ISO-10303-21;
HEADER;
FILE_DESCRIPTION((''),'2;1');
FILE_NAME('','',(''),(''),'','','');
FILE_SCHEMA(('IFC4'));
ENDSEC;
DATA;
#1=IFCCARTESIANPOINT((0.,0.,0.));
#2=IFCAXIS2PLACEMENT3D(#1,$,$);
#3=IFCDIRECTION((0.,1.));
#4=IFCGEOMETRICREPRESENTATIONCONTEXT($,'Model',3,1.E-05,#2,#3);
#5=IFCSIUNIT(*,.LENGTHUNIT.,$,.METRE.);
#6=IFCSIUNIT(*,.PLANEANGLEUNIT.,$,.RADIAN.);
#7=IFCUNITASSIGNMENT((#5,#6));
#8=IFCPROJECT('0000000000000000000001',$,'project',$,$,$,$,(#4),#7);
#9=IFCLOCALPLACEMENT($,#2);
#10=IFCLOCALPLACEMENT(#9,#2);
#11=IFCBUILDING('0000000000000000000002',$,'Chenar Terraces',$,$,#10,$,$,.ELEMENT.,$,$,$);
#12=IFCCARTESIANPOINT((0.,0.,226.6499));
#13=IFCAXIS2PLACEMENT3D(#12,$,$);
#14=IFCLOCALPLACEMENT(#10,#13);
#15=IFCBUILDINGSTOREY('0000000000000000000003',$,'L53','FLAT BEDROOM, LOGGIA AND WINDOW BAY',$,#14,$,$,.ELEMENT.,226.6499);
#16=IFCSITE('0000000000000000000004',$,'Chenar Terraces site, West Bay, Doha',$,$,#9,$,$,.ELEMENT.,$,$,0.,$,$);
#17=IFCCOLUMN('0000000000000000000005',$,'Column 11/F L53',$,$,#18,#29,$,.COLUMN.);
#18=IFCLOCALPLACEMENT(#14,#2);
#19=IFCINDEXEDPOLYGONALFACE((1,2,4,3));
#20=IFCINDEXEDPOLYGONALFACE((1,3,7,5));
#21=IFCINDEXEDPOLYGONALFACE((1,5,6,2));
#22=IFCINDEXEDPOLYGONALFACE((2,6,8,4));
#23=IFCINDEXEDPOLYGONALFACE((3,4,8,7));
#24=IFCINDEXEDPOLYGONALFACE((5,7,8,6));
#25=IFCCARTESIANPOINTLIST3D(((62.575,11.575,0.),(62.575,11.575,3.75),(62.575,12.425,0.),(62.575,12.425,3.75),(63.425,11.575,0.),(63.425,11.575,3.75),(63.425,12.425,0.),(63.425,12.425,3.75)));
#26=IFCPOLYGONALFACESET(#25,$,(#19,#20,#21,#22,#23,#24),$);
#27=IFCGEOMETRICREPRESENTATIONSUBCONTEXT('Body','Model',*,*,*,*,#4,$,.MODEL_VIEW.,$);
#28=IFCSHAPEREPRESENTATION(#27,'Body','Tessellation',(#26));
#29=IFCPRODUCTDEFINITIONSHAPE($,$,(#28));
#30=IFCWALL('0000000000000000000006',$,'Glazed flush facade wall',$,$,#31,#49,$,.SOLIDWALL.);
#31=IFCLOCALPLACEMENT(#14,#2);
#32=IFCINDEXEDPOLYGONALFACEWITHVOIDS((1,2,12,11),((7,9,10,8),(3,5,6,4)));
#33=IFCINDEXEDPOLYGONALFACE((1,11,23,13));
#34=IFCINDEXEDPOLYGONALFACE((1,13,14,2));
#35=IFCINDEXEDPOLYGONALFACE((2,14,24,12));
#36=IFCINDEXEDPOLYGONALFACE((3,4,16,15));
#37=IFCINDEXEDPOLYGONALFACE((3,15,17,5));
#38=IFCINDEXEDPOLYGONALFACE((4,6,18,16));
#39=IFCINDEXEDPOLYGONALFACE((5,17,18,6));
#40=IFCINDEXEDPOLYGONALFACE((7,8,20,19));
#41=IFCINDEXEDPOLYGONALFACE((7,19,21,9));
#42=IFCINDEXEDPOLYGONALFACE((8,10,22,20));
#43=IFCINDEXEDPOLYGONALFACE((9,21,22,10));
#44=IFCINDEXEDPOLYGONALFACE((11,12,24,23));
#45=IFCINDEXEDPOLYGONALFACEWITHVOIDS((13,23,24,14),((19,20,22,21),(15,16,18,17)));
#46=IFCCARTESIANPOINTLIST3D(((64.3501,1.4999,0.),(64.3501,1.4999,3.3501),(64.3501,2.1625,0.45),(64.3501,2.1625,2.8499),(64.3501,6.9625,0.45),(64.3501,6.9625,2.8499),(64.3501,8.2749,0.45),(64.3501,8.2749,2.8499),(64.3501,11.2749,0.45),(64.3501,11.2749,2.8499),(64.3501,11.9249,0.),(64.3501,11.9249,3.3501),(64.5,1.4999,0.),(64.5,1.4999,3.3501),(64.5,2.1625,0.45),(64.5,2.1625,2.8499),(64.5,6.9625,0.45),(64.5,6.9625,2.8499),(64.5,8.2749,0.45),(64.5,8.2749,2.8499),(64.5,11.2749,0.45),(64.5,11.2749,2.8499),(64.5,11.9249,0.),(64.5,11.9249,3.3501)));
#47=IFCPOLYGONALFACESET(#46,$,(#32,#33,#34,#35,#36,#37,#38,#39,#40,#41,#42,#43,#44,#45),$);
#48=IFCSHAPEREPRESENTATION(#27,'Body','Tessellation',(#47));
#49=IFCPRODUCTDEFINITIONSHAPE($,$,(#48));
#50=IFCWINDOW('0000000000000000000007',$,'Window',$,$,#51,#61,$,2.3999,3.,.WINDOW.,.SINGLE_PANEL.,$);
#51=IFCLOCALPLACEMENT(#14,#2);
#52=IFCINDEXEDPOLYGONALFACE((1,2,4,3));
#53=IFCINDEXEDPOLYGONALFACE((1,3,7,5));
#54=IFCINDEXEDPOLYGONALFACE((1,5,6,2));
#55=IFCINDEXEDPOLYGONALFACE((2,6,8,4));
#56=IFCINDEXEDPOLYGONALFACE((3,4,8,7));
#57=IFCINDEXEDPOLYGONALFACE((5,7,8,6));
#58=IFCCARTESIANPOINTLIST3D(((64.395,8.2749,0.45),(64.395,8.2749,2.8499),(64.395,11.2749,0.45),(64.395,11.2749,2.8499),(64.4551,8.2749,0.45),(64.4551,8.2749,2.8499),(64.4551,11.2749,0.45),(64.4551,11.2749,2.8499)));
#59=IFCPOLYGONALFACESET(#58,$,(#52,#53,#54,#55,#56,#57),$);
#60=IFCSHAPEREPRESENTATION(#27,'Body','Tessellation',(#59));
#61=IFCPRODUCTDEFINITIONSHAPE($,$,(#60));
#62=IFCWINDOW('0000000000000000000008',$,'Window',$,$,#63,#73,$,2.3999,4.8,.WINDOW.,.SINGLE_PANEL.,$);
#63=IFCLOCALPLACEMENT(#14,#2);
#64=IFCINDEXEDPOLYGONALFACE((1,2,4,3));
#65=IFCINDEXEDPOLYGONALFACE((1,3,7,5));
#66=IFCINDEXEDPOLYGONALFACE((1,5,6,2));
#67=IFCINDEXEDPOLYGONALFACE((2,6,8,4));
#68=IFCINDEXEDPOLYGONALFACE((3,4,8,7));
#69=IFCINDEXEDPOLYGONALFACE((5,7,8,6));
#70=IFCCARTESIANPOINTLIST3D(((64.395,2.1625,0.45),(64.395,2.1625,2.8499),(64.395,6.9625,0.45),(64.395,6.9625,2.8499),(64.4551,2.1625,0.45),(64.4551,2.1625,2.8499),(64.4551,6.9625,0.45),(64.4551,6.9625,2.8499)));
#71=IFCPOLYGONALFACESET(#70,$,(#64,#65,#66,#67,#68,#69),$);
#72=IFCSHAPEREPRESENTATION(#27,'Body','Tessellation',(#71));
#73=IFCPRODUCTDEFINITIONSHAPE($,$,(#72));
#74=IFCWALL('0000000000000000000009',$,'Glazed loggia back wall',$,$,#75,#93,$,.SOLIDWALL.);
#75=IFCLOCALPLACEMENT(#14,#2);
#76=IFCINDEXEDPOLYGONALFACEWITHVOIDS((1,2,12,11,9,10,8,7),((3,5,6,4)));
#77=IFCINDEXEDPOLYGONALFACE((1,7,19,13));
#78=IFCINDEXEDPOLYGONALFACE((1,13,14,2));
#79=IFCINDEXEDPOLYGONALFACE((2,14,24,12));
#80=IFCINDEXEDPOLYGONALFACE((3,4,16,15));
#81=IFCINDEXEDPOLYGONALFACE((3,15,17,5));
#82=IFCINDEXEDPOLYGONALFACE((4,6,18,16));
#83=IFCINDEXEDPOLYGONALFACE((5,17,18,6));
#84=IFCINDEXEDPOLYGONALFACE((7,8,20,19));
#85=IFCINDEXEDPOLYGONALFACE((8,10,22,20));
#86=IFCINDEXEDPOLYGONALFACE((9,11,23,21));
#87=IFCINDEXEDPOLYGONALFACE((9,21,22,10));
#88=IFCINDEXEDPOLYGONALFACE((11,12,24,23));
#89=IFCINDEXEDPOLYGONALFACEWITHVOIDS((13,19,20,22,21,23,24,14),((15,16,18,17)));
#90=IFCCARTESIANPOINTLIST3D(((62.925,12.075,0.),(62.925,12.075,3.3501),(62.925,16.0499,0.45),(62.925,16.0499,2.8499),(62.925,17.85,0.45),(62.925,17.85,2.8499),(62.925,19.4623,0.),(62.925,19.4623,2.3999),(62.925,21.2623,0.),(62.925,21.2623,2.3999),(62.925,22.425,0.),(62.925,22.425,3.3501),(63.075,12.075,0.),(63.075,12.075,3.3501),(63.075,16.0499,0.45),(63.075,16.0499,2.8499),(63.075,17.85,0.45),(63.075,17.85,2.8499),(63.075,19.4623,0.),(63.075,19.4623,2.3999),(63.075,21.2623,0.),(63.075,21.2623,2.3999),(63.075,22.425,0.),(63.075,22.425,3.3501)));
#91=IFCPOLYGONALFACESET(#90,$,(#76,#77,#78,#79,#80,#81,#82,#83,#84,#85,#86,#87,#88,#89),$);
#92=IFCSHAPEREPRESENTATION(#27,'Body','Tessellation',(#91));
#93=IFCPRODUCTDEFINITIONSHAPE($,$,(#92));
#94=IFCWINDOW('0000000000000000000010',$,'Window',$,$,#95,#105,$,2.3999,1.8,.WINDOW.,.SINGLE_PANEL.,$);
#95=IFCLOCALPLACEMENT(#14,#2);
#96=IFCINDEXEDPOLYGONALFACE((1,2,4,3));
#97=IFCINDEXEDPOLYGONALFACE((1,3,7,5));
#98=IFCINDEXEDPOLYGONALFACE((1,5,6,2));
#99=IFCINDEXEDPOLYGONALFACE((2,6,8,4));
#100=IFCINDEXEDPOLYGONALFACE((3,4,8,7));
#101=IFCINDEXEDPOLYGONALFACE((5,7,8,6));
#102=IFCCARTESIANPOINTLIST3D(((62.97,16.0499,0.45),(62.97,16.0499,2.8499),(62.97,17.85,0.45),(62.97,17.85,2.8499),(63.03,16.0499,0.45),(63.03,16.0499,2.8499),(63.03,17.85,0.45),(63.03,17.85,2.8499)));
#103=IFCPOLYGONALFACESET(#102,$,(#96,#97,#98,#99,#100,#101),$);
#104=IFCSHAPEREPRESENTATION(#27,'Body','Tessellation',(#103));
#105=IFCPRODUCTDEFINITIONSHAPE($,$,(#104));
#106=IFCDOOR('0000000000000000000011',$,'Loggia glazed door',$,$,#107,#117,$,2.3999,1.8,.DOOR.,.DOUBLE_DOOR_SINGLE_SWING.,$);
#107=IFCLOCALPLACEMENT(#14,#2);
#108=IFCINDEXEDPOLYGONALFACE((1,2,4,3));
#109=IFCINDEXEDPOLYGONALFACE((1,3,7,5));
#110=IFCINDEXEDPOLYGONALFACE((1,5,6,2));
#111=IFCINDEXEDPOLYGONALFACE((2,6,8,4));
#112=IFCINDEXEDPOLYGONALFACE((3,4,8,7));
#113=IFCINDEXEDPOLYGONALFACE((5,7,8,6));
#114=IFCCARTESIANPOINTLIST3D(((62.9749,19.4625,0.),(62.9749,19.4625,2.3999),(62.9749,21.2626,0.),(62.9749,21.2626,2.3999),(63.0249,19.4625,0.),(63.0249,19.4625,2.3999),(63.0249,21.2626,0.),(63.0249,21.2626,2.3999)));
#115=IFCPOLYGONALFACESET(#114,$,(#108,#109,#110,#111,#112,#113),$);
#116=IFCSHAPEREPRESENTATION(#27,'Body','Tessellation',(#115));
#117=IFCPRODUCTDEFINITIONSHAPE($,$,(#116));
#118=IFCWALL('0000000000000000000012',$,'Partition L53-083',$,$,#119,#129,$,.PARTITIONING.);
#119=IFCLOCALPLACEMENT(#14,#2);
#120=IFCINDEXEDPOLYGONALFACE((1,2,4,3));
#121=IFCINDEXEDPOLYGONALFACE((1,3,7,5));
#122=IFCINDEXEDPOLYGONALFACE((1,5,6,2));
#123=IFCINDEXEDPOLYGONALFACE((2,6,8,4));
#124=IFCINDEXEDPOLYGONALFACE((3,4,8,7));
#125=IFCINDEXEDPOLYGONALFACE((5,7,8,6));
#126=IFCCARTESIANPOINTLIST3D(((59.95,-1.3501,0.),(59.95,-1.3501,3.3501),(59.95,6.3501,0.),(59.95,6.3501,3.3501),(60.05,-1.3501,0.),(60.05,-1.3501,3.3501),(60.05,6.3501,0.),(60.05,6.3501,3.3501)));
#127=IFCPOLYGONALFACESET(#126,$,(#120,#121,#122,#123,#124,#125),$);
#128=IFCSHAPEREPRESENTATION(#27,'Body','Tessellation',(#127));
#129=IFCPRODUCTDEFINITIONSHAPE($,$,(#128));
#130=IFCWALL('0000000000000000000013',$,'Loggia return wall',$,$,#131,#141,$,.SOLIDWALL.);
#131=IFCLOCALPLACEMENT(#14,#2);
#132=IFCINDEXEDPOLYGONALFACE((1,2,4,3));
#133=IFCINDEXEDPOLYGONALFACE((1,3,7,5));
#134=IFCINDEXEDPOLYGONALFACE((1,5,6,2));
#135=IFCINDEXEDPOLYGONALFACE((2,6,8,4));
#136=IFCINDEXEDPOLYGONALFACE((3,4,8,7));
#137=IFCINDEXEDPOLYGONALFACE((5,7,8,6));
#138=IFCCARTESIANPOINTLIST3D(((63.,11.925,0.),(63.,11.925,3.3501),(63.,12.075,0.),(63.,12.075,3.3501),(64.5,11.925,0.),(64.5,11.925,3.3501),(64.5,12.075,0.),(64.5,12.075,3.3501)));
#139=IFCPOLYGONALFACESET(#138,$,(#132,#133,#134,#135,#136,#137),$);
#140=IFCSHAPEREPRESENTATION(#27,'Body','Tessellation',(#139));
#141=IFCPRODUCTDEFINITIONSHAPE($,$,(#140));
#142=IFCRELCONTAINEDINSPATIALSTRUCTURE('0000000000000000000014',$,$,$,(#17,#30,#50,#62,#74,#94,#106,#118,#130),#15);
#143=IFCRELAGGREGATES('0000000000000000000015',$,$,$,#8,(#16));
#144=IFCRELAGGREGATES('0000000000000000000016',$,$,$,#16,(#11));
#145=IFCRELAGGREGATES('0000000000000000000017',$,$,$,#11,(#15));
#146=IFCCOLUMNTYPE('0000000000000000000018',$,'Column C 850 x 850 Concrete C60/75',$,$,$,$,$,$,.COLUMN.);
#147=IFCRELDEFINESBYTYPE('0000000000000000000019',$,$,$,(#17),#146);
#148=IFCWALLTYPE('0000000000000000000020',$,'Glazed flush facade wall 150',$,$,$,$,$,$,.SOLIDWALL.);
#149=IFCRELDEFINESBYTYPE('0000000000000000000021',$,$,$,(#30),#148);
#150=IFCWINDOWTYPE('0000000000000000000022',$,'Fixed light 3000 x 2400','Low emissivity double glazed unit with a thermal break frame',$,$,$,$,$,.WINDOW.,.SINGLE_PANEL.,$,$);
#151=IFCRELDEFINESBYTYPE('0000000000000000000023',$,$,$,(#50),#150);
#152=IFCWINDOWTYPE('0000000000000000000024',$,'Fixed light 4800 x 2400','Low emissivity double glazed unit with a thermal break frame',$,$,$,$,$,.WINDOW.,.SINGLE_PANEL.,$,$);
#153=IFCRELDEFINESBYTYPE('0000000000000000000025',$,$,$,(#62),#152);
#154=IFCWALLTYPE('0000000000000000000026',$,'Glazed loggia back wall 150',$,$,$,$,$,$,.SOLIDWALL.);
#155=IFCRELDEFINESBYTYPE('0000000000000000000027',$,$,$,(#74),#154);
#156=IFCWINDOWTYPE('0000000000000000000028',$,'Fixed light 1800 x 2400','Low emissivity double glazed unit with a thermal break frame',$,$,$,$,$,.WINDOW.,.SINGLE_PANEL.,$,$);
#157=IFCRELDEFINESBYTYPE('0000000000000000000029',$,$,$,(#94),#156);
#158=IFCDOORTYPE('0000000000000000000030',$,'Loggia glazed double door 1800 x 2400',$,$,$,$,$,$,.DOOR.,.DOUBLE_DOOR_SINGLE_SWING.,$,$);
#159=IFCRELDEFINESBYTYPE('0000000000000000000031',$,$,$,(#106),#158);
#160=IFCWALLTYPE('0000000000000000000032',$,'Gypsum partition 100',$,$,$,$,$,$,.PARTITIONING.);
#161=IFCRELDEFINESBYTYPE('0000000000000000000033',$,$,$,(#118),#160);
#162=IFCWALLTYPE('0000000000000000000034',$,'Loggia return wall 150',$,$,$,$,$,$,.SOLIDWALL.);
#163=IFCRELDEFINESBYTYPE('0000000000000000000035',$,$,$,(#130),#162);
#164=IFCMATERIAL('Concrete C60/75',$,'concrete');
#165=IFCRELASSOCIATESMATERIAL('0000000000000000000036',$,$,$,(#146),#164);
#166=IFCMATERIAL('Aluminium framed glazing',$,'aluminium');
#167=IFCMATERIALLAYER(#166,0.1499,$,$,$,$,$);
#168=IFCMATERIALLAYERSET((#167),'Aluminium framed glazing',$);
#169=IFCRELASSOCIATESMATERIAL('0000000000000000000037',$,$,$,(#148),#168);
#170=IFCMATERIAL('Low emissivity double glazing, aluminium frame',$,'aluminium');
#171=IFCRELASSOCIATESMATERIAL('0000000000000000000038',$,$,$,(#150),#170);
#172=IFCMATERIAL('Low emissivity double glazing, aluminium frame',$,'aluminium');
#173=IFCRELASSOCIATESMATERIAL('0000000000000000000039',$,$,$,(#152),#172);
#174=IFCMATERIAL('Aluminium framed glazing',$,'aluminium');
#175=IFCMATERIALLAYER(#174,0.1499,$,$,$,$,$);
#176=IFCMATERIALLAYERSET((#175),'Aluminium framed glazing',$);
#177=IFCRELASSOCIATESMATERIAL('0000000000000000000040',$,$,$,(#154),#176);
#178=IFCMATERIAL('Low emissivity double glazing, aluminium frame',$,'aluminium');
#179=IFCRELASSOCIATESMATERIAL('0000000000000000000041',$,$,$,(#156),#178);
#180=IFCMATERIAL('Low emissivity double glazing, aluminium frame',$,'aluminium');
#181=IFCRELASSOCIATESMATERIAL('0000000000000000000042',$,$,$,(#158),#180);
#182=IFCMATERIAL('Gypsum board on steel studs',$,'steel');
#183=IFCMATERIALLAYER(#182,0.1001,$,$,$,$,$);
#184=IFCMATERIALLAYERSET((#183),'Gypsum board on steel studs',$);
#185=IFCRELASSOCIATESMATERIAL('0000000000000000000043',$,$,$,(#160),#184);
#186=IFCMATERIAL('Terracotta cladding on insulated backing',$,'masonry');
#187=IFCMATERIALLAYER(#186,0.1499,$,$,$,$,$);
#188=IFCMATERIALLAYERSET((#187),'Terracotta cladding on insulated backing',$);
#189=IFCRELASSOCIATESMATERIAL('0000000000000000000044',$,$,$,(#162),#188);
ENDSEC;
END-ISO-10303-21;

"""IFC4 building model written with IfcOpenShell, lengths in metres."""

from ifc_helpers import new_model, si_unit, direction, frame, frame_2d, origin, origin_2d, place, context, subcontext, project, spatial, rectangle, extrude, material, layer, layer_set, material_profile, profile_set, type_object, element, fill, save


model = new_model("IFC4")

# Units and contexts
model_context = context("Model", 3, precision=1e-05, world=origin(), true_north=direction((0.0, 1.0)))
body_context = subcontext(model_context, "Body", "Model", "MODEL_VIEW")
ifc_project = project(units=[si_unit("LENGTHUNIT", "METRE"), si_unit("PLANEANGLEUNIT", "RADIAN")], contexts=[model_context])

# Site, building, storey
site_placement = place(None, origin())
site = spatial("IfcSite", under=ifc_project, at=site_placement, Name="Chenar Terraces site, West Bay, Doha", CompositionType="ELEMENT", RefElevation=0.0)
building_placement = place(site_placement, origin())
building = spatial("IfcBuilding", under=site, at=building_placement, Name="Chenar Terraces", CompositionType="ELEMENT")
storey_placement = place(building_placement, frame((0.0, 0.0, 226.6499)))
storey = spatial("IfcBuildingStorey", under=building, at=storey_placement, Name="L53", Description="FLAT BEDROOM, LOGGIA AND WINDOW BAY", CompositionType="ELEMENT", Elevation=226.6499)

# Column
ifc_material_1 = material(Name="Concrete C60/75", Category="concrete")
ifc_material_profile_1 = material_profile(ifc_material_1, rectangle(XDim=0.8501, YDim=0.8501, at=origin_2d()), Name="C 850 x 850")
ifc_profile_set_1 = profile_set([ifc_material_profile_1], Name="Concrete C60/75")
column_type = type_object("IfcColumnType", Name="Column C 850 x 850 Concrete C60/75", PredefinedType="COLUMN", material=ifc_profile_set_1)
column_placement = place(storey_placement, frame((63.0, 12.0, 0.0), z_axis=(0.0, 0.0, 1.0), x_axis=(1.0, 0.0, 0.0)))
element("IfcColumn", 1, at=column_placement, inside=storey, type_object=column_type, Name="Column 11/F L53", PredefinedType="COLUMN", context=body_context, shape_type="SweptSolid", body=[
    extrude(rectangle(XDim=0.8501, YDim=0.8501, at=origin_2d()), origin(), (0.0, 0.0, 1.0), 3.75),
])

# Wall, openings, windows
ifc_material_2 = material(Name="Aluminium framed glazing", Category="aluminium")
ifc_layer_1 = layer(ifc_material_2, 0.1499)
ifc_layer_set_1 = layer_set([ifc_layer_1], Name="Aluminium framed glazing")
wall_type_1 = type_object("IfcWallType", Name="Glazed flush facade wall 150", PredefinedType="SOLIDWALL", material=ifc_layer_set_1)
wall_1_placement = place(storey_placement, frame((64.425, 1.5, 0.0), z_axis=(0.0, 0.0, 1.0), x_axis=(0.0, 1.0, 0.0)))
wall_1 = element("IfcWall", 2, at=wall_1_placement, inside=storey, type_object=wall_type_1, Name="Glazed flush facade wall", PredefinedType="SOLIDWALL", context=body_context, shape_type="SweptSolid", body=[
    extrude(rectangle(XDim=10.425, YDim=0.1499, at=frame_2d((5.2124, 0.0))), origin(), (0.0, 0.0, 1.0), 3.3501),
])
opening_1_placement = place(wall_1_placement, frame((0.6626, 0.0, 0.45)))
opening_1 = element("IfcOpeningElement", 3, at=opening_1_placement, cuts=wall_1, PredefinedType="OPENING", context=body_context, shape_type="SweptSolid", body=[
    extrude(rectangle(XDim=4.8, YDim=2.3999, at=frame_2d((2.3999, 1.2))), frame((0.0, 0.085, 0.0), z_axis=(0.0, -1.0, 0.0), x_axis=(1.0, 0.0, 0.0)), (0.0, 0.0, 1.0), 0.1699),
])
opening_2_placement = place(wall_1_placement, frame((6.7749, 0.0, 0.45)))
opening_2 = element("IfcOpeningElement", 4, at=opening_2_placement, cuts=wall_1, PredefinedType="OPENING", context=body_context, shape_type="SweptSolid", body=[
    extrude(rectangle(XDim=3.0, YDim=2.3999, at=frame_2d((1.5, 1.2))), frame((0.0, 0.085, 0.0), z_axis=(0.0, -1.0, 0.0), x_axis=(1.0, 0.0, 0.0)), (0.0, 0.0, 1.0), 0.1699),
])
ifc_material_3 = material(Name="Low emissivity double glazing, aluminium frame", Category="aluminium")
window_type_1 = type_object("IfcWindowType", Name="Fixed light 3000 x 2400", Description="Low emissivity double glazed unit with a thermal break frame", PartitioningType="SINGLE_PANEL", PredefinedType="WINDOW", material=ifc_material_3)
window_1_placement = place(opening_2_placement, origin())
window_1 = element("IfcWindow", 5, at=window_1_placement, inside=storey, type_object=window_type_1, Name="Window", OverallHeight=2.3999, OverallWidth=3.0, PartitioningType="SINGLE_PANEL", PredefinedType="WINDOW", context=body_context, shape_type="SweptSolid", body=[
    extrude(rectangle(XDim=3.0, YDim=2.3999, at=frame_2d((1.5, 1.2))), frame((0.0, 0.03, 0.0), z_axis=(0.0, -1.0, 0.0), x_axis=(1.0, 0.0, 0.0)), (0.0, 0.0, 1.0), 0.0601),
])
fill(opening_2, window_1)
ifc_material_4 = material(Name="Low emissivity double glazing, aluminium frame", Category="aluminium")
window_type_2 = type_object("IfcWindowType", Name="Fixed light 4800 x 2400", Description="Low emissivity double glazed unit with a thermal break frame", PartitioningType="SINGLE_PANEL", PredefinedType="WINDOW", material=ifc_material_4)
window_2_placement = place(opening_1_placement, origin())
window_2 = element("IfcWindow", 6, at=window_2_placement, inside=storey, type_object=window_type_2, Name="Window", OverallHeight=2.3999, OverallWidth=4.8, PartitioningType="SINGLE_PANEL", PredefinedType="WINDOW", context=body_context, shape_type="SweptSolid", body=[
    extrude(rectangle(XDim=4.8, YDim=2.3999, at=frame_2d((2.3999, 1.2))), frame((0.0, 0.03, 0.0), z_axis=(0.0, -1.0, 0.0), x_axis=(1.0, 0.0, 0.0)), (0.0, 0.0, 1.0), 0.0601),
])
fill(opening_1, window_2)

# Wall, openings, window, door
ifc_material_5 = material(Name="Aluminium framed glazing", Category="aluminium")
ifc_layer_2 = layer(ifc_material_5, 0.1499)
ifc_layer_set_2 = layer_set([ifc_layer_2], Name="Aluminium framed glazing")
wall_type_2 = type_object("IfcWallType", Name="Glazed loggia back wall 150", PredefinedType="SOLIDWALL", material=ifc_layer_set_2)
wall_2_placement = place(storey_placement, frame((63.0, 12.075, 0.0), z_axis=(0.0, 0.0, 1.0), x_axis=(0.0, 1.0, 0.0)))
wall_2 = element("IfcWall", 7, at=wall_2_placement, inside=storey, type_object=wall_type_2, Name="Glazed loggia back wall", PredefinedType="SOLIDWALL", context=body_context, shape_type="SweptSolid", body=[
    extrude(rectangle(XDim=10.3501, YDim=0.1499, at=frame_2d((5.175, 0.0))), origin(), (0.0, 0.0, 1.0), 3.3501),
])
opening_3_placement = place(wall_2_placement, frame((3.9751, 0.0, 0.45)))
opening_3 = element("IfcOpeningElement", 8, at=opening_3_placement, cuts=wall_2, PredefinedType="OPENING", context=body_context, shape_type="SweptSolid", body=[
    extrude(rectangle(XDim=1.8, YDim=2.3999, at=frame_2d((0.8999, 1.2))), frame((0.0, 0.085, 0.0), z_axis=(0.0, -1.0, 0.0), x_axis=(1.0, 0.0, 0.0)), (0.0, 0.0, 1.0), 0.1699),
])
opening_4_placement = place(wall_2_placement, frame((7.3875, 0.0, 0.0)))
opening_4 = element("IfcOpeningElement", 9, at=opening_4_placement, cuts=wall_2, PredefinedType="OPENING", context=body_context, shape_type="SweptSolid", body=[
    extrude(rectangle(XDim=1.8, YDim=2.3999, at=frame_2d((0.8999, 1.2))), frame((0.0, 0.085, 0.0), z_axis=(0.0, -1.0, 0.0), x_axis=(1.0, 0.0, 0.0)), (0.0, 0.0, 1.0), 0.1699),
])
ifc_material_6 = material(Name="Low emissivity double glazing, aluminium frame", Category="aluminium")
window_type_3 = type_object("IfcWindowType", Name="Fixed light 1800 x 2400", Description="Low emissivity double glazed unit with a thermal break frame", PartitioningType="SINGLE_PANEL", PredefinedType="WINDOW", material=ifc_material_6)
window_3_placement = place(opening_3_placement, origin())
window_3 = element("IfcWindow", 10, at=window_3_placement, inside=storey, type_object=window_type_3, Name="Window", OverallHeight=2.3999, OverallWidth=1.8, PartitioningType="SINGLE_PANEL", PredefinedType="WINDOW", context=body_context, shape_type="SweptSolid", body=[
    extrude(rectangle(XDim=1.8, YDim=2.3999, at=frame_2d((0.8999, 1.2))), frame((0.0, 0.03, 0.0), z_axis=(0.0, -1.0, 0.0), x_axis=(1.0, 0.0, 0.0)), (0.0, 0.0, 1.0), 0.0601),
])
fill(opening_3, window_3)
ifc_material_7 = material(Name="Low emissivity double glazing, aluminium frame", Category="aluminium")
door_type_1 = type_object("IfcDoorType", Name="Loggia glazed double door 1800 x 2400", OperationType="DOUBLE_DOOR_SINGLE_SWING", PredefinedType="DOOR", material=ifc_material_7)
door_1_placement = place(opening_4_placement, frame((1.8, 0.0, 0.0), z_axis=(0.0, 0.0, 1.0), x_axis=(-1.0, 0.0, 0.0)))
door_1 = element("IfcDoor", 11, at=door_1_placement, inside=storey, type_object=door_type_1, Name="Loggia glazed door", OperationType="DOUBLE_DOOR_SINGLE_SWING", OverallHeight=2.3999, OverallWidth=1.8, PredefinedType="DOOR", context=body_context, shape_type="SweptSolid", body=[
    extrude(rectangle(XDim=1.8, YDim=2.3999, at=frame_2d((0.8999, 1.2))), frame((0.0, 0.0249, 0.0), z_axis=(0.0, -1.0, 0.0), x_axis=(1.0, 0.0, 0.0)), (0.0, 0.0, 1.0), 0.05),
])
fill(opening_4, door_1)

# Walls
ifc_material_8 = material(Name="Gypsum board on steel studs", Category="steel")
ifc_layer_3 = layer(ifc_material_8, 0.1001)
ifc_layer_set_3 = layer_set([ifc_layer_3], Name="Gypsum board on steel studs")
wall_type_3 = type_object("IfcWallType", Name="Gypsum partition 100", PredefinedType="PARTITIONING", material=ifc_layer_set_3)
wall_3_placement = place(storey_placement, frame((60.0, -1.3501, 0.0), z_axis=(0.0, 0.0, 1.0), x_axis=(0.0, 1.0, 0.0)))
element("IfcWall", 12, at=wall_3_placement, inside=storey, type_object=wall_type_3, Name="Partition L53-083", PredefinedType="PARTITIONING", context=body_context, shape_type="SweptSolid", body=[
    extrude(rectangle(XDim=7.7002, YDim=0.1001, at=frame_2d((3.8501, 0.0))), origin(), (0.0, 0.0, 1.0), 3.3501),
])
ifc_material_9 = material(Name="Terracotta cladding on insulated backing", Category="masonry")
ifc_layer_4 = layer(ifc_material_9, 0.1499)
ifc_layer_set_4 = layer_set([ifc_layer_4], Name="Terracotta cladding on insulated backing")
wall_type_4 = type_object("IfcWallType", Name="Loggia return wall 150", PredefinedType="SOLIDWALL", material=ifc_layer_set_4)
wall_4_placement = place(storey_placement, frame((64.5, 12.0, 0.0), z_axis=(0.0, 0.0, 1.0), x_axis=(-1.0, 0.0, 0.0)))
element("IfcWall", 13, at=wall_4_placement, inside=storey, type_object=wall_type_4, Name="Loggia return wall", PredefinedType="SOLIDWALL", context=body_context, shape_type="SweptSolid", body=[
    extrude(rectangle(XDim=1.5, YDim=0.1499, at=frame_2d((0.75, 0.0))), origin(), (0.0, 0.0, 1.0), 3.3501),
])

save(model, "model.ifc")
